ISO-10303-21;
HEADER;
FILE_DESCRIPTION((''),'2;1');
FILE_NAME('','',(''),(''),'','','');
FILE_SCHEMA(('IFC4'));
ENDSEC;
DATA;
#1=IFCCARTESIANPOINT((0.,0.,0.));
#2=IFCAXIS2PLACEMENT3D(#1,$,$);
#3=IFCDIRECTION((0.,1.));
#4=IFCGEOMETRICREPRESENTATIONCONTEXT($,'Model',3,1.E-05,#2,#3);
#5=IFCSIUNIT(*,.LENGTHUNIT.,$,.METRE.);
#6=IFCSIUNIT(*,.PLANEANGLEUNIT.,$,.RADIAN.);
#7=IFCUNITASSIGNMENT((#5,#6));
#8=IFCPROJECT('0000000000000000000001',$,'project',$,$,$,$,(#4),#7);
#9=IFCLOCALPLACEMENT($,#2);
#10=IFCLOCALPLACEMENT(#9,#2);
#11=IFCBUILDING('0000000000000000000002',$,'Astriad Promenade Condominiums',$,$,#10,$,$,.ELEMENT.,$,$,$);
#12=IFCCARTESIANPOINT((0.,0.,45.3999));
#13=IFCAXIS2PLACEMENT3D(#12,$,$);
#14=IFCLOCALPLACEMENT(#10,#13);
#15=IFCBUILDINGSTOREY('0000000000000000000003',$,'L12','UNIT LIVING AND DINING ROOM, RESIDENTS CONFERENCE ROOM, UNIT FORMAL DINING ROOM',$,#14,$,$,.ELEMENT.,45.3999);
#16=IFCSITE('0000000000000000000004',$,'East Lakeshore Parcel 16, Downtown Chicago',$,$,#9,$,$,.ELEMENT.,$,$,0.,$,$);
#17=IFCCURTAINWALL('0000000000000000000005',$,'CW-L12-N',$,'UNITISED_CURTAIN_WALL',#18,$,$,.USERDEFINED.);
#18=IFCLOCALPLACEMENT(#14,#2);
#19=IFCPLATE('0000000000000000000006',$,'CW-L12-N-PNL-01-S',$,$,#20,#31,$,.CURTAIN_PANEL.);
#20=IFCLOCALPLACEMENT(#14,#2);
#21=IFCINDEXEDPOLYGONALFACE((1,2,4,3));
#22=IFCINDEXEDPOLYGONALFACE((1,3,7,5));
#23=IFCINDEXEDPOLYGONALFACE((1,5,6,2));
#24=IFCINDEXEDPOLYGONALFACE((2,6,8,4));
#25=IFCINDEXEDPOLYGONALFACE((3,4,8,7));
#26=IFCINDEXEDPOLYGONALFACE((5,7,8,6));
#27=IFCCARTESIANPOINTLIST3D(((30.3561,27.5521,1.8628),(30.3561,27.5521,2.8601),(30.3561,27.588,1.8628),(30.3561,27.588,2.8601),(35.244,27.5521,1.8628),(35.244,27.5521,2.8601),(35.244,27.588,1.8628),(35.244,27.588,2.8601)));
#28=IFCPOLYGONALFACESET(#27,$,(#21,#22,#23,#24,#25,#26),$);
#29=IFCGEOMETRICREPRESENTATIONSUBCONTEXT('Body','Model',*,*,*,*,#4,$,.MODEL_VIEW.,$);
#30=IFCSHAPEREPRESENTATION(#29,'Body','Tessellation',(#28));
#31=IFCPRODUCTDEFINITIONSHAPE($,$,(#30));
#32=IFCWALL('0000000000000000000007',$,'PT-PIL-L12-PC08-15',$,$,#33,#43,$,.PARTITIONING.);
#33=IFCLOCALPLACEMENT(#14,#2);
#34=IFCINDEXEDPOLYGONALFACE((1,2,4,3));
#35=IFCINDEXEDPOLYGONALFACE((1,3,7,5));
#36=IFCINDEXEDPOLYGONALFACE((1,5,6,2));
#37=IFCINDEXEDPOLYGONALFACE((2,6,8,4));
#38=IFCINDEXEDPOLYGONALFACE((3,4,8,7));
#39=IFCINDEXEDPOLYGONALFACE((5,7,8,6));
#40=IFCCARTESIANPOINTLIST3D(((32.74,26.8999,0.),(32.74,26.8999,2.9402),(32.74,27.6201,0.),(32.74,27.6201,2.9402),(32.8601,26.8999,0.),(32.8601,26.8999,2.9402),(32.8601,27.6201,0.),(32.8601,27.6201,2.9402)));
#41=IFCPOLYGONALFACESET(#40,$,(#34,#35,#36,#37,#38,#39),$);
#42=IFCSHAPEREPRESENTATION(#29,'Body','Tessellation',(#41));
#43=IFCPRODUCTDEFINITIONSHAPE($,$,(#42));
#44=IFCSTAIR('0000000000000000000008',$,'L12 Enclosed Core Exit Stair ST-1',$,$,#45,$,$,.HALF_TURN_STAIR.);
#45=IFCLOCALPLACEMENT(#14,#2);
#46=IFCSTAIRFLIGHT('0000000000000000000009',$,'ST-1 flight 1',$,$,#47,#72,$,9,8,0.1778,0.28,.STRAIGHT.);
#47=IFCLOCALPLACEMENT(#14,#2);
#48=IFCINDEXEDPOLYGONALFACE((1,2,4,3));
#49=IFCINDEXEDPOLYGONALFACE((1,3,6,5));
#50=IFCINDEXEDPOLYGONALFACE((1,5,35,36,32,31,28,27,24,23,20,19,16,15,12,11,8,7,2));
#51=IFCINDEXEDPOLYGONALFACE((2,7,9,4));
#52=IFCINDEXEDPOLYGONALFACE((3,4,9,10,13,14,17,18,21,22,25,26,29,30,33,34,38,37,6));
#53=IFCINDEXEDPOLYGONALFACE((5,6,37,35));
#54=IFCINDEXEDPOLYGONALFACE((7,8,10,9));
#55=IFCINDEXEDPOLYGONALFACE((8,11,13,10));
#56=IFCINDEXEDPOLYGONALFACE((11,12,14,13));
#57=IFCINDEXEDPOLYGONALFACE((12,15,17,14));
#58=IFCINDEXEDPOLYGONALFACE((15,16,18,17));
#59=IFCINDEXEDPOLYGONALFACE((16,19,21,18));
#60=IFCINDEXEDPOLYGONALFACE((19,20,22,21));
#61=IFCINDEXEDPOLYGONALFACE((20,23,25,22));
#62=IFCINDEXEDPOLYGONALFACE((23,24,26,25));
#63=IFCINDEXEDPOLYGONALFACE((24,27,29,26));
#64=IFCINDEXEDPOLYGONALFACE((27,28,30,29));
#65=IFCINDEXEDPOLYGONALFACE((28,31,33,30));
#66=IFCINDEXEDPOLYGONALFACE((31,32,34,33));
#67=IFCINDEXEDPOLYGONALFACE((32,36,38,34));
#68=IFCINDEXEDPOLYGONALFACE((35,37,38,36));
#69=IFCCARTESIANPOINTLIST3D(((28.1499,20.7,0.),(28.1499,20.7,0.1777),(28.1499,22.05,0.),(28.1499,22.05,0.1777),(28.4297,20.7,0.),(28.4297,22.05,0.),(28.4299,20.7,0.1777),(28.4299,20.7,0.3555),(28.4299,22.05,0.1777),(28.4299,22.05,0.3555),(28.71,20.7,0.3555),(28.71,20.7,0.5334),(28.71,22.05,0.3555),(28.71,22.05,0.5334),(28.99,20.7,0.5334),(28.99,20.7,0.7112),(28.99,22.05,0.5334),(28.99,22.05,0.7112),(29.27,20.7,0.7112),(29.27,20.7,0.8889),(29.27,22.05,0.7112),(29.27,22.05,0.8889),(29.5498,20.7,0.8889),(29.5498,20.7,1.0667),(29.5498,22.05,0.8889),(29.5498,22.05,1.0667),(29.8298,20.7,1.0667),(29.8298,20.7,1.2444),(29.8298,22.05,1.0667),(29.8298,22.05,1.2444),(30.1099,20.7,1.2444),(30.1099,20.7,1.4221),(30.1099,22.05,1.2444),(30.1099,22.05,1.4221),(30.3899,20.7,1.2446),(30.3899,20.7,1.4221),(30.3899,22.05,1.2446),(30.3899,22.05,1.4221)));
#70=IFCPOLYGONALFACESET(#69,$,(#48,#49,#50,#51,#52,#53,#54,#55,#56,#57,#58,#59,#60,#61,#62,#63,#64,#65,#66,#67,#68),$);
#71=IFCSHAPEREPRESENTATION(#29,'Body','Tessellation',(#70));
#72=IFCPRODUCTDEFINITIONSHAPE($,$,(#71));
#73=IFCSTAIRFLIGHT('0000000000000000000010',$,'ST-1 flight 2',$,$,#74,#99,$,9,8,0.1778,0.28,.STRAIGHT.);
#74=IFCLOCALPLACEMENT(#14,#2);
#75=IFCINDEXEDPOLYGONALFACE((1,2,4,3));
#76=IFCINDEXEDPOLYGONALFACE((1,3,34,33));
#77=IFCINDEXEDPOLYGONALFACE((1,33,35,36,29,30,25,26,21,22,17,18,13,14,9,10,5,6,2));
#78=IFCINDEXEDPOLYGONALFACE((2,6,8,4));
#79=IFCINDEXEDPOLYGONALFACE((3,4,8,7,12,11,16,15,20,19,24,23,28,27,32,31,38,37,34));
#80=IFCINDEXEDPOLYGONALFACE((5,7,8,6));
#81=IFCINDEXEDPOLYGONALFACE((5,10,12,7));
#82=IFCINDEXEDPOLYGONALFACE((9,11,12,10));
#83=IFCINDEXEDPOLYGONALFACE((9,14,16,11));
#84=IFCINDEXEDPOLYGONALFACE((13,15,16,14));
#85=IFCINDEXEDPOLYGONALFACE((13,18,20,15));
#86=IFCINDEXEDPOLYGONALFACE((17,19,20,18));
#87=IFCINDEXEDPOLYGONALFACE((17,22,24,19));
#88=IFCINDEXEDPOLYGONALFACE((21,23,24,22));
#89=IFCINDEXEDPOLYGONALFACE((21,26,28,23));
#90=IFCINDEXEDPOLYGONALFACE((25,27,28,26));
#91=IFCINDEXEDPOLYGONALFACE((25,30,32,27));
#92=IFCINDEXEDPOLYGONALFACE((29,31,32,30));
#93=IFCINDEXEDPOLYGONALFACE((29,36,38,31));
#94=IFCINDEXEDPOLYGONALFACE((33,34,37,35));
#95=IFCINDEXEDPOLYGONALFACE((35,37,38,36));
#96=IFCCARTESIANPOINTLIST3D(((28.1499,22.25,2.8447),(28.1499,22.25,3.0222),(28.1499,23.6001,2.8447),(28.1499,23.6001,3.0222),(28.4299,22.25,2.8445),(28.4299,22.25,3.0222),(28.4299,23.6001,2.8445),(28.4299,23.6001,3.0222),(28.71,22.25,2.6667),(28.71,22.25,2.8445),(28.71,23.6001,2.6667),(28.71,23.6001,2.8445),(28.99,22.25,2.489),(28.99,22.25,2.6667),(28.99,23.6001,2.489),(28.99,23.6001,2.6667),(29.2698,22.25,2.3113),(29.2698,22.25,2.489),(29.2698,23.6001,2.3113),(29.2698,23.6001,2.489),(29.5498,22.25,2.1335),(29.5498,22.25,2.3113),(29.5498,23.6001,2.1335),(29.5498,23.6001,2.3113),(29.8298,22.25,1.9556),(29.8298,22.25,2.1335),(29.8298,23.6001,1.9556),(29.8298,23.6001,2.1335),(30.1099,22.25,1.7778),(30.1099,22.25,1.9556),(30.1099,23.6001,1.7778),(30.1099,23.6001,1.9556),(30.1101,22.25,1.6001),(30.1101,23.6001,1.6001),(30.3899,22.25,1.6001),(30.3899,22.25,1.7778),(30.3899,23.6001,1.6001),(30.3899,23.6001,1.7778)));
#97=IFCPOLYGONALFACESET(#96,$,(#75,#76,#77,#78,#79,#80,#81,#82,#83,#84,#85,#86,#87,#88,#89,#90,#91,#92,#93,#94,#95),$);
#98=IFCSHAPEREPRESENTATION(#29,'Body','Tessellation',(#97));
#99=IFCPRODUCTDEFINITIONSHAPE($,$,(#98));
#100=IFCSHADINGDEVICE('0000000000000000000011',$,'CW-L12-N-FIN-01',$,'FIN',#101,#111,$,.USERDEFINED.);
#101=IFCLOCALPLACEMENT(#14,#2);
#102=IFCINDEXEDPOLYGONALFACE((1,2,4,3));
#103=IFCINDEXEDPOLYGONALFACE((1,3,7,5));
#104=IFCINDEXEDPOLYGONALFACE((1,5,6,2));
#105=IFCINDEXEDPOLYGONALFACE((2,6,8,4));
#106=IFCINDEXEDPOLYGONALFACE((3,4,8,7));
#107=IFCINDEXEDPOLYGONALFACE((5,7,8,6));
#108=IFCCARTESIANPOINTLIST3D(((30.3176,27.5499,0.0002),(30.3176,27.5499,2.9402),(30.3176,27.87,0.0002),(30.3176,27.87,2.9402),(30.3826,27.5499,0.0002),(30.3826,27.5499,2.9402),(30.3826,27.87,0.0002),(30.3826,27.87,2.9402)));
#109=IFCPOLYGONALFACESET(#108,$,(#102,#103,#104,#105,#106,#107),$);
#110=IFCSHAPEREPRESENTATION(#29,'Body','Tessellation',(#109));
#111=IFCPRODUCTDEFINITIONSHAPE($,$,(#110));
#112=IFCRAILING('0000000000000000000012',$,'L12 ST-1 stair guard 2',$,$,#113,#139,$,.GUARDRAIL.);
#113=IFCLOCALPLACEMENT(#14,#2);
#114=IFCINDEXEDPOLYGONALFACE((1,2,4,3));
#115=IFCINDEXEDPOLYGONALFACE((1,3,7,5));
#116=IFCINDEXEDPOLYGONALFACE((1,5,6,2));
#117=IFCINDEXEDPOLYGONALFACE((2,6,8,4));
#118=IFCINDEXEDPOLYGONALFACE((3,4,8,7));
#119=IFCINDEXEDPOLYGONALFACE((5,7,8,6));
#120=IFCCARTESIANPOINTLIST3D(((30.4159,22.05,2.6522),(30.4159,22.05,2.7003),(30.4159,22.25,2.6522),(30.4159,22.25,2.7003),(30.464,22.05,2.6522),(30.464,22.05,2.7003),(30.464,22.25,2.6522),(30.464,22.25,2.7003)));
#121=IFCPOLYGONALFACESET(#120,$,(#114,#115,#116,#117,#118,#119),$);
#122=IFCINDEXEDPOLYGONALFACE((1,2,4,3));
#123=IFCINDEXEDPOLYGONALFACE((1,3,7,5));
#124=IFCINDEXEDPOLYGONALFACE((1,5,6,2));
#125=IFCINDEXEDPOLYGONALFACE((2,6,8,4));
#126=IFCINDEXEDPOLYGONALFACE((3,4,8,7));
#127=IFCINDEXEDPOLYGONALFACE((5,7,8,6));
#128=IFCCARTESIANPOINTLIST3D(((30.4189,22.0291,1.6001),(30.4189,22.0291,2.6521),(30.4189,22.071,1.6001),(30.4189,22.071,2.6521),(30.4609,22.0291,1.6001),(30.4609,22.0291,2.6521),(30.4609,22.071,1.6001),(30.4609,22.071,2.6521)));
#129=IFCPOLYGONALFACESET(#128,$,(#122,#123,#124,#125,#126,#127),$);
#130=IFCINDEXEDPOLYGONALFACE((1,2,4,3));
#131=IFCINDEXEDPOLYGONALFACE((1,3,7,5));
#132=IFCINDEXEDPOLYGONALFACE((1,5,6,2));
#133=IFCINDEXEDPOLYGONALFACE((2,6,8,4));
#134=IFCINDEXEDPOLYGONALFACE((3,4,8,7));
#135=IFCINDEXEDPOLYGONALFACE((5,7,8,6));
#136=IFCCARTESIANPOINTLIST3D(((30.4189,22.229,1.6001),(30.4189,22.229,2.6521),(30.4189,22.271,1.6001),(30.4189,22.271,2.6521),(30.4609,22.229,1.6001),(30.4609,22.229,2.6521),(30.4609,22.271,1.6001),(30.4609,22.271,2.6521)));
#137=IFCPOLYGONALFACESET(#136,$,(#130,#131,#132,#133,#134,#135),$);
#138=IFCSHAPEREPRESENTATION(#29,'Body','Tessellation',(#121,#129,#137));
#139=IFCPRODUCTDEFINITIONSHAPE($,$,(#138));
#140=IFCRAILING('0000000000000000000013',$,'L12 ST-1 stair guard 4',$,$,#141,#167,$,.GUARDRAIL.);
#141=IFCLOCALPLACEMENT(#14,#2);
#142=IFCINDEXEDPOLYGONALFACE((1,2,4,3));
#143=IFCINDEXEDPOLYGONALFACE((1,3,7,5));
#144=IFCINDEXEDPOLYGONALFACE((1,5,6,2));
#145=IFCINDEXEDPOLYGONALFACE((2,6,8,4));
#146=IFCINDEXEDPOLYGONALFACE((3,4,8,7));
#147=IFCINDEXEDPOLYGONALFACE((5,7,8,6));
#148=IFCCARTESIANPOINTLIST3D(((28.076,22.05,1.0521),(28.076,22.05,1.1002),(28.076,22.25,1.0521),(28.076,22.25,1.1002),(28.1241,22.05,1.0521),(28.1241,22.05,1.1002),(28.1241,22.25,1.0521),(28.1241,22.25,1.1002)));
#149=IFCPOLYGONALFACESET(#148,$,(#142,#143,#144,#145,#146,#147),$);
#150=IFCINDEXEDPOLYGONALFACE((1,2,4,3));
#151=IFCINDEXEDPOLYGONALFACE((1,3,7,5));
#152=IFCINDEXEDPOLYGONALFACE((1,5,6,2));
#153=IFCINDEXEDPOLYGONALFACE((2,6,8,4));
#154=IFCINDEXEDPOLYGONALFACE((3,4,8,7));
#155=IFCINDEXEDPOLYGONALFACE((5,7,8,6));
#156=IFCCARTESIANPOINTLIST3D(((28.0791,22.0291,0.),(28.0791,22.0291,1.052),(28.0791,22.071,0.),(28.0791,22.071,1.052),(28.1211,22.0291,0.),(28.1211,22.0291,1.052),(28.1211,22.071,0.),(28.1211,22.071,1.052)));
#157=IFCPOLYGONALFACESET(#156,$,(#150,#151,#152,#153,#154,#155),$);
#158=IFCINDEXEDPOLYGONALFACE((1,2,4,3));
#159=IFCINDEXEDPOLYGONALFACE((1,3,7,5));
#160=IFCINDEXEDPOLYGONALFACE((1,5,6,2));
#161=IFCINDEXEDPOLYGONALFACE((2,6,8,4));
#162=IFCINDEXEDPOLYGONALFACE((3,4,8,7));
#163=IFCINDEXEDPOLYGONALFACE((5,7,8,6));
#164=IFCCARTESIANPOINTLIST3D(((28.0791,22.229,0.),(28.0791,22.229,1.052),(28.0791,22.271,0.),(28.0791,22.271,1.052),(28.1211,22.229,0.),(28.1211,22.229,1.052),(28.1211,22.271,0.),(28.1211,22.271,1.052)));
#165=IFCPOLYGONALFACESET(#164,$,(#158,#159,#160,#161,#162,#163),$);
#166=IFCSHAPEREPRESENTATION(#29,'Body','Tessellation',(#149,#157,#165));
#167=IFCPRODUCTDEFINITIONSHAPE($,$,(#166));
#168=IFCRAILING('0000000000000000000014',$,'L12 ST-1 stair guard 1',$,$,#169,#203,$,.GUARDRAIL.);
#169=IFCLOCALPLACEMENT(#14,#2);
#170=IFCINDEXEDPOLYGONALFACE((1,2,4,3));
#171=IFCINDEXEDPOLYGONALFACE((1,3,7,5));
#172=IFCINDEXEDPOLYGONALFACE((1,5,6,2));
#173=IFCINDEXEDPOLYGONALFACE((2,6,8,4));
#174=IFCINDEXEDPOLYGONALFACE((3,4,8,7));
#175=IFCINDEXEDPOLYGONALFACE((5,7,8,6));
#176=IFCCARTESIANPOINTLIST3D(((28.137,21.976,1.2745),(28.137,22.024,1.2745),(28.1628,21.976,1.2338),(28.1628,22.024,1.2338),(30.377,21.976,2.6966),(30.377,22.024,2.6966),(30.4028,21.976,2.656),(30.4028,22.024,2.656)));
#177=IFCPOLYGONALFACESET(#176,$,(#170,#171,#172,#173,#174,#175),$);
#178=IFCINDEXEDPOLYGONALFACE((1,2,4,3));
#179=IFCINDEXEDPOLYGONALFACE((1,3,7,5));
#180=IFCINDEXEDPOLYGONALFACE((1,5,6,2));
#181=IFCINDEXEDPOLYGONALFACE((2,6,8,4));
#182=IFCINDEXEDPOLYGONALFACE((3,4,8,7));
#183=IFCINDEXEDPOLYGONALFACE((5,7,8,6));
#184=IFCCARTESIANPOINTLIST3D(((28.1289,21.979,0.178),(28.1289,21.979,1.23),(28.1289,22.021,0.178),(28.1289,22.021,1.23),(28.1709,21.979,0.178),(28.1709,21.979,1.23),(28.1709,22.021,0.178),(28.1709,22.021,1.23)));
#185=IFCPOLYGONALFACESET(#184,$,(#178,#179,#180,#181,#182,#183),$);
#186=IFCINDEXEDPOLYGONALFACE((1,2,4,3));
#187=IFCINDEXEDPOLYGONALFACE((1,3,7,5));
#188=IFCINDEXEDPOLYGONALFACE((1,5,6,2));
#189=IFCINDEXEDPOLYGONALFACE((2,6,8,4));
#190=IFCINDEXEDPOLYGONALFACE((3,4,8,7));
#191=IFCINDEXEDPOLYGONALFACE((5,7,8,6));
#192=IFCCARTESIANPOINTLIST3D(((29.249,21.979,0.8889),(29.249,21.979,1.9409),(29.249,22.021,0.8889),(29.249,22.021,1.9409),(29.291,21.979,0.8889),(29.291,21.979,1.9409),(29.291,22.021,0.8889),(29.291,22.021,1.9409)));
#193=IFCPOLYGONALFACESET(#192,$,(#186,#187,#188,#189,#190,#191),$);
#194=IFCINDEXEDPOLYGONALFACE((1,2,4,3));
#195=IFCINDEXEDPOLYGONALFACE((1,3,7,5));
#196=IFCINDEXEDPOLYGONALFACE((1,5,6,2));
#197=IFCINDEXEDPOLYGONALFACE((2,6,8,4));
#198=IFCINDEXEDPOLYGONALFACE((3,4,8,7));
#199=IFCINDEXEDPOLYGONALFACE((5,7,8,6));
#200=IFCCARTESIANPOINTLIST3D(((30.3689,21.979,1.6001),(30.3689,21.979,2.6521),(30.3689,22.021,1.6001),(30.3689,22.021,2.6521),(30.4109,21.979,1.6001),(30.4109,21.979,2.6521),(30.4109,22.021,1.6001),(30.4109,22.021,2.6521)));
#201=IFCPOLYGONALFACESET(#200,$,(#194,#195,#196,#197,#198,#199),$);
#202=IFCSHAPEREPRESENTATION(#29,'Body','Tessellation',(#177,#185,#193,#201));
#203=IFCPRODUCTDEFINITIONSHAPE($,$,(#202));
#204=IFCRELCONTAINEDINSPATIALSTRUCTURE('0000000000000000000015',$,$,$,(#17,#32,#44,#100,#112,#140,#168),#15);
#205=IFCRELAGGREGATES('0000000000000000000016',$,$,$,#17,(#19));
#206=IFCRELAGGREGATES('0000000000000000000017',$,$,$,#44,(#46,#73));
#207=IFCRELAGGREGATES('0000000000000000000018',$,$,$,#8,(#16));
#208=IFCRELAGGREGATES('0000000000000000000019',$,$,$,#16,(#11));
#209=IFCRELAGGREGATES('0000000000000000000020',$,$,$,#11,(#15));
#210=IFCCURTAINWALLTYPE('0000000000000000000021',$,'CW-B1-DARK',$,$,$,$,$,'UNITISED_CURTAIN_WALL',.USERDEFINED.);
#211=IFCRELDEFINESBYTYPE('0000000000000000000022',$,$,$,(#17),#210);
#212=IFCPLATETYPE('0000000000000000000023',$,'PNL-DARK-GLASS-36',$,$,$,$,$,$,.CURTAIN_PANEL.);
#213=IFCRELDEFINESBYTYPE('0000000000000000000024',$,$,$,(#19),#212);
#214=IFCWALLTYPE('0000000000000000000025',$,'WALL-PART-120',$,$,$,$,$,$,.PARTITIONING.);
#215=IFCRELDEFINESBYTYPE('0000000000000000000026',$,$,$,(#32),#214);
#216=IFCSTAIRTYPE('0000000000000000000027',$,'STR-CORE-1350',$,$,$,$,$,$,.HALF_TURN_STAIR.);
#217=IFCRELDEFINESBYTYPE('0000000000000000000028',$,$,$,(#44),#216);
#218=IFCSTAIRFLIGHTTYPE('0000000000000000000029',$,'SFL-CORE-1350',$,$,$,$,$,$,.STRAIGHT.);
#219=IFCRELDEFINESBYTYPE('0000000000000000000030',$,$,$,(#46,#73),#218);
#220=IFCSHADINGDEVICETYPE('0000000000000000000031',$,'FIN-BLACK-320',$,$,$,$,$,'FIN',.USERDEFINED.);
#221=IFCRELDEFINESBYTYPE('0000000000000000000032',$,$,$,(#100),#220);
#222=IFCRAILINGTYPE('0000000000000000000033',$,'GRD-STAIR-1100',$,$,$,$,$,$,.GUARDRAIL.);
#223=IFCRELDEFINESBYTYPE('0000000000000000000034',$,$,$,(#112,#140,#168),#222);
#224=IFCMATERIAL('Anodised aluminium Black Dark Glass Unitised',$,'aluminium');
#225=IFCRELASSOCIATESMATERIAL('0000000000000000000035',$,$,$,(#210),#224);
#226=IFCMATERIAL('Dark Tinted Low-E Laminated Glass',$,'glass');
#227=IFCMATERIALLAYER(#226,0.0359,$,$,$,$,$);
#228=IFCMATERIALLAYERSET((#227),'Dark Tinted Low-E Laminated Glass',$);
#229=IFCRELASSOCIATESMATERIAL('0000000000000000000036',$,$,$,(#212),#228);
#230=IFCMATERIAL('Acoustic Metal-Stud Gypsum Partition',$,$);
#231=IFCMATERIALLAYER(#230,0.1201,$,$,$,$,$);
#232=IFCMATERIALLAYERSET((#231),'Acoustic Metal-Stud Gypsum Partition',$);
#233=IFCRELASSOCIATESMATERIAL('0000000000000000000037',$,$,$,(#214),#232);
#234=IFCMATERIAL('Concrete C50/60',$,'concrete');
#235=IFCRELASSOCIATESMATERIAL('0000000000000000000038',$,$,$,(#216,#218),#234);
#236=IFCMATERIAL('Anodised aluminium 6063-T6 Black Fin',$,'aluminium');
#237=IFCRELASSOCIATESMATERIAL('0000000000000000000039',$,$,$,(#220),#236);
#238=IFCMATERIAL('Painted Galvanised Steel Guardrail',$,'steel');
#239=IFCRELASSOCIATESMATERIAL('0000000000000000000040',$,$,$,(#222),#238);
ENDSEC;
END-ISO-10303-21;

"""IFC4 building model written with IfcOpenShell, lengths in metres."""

from ifc_helpers import new_model, si_unit, direction, frame, frame_2d, origin, origin_2d, place, context, subcontext, project, spatial, polyline, rectangle, outline, extrude, source, transform, mapped, material, layer, layer_set, type_object, type_shapes, element, aggregate, save


model = new_model("IFC4")

# Units and contexts
model_context = context("Model", 3, precision=1e-05, world=origin(), true_north=direction((0.0, 1.0)))
body_context = subcontext(model_context, "Body", "Model", "MODEL_VIEW")
ifc_project = project(units=[si_unit("LENGTHUNIT", "METRE"), si_unit("PLANEANGLEUNIT", "RADIAN")], contexts=[model_context])

# Site, building, storey
site_placement = place(None, origin())
site = spatial("IfcSite", under=ifc_project, at=site_placement, Name="East Lakeshore Parcel 16, Downtown Chicago", CompositionType="ELEMENT", RefElevation=0.0)
building_placement = place(site_placement, origin())
building = spatial("IfcBuilding", under=site, at=building_placement, Name="Astriad Promenade Condominiums", CompositionType="ELEMENT")
storey_placement = place(building_placement, frame((0.0, 0.0, 45.3999)))
storey = spatial("IfcBuildingStorey", under=building, at=storey_placement, Name="L12", Description="UNIT LIVING AND DINING ROOM, RESIDENTS CONFERENCE ROOM, UNIT FORMAL DINING ROOM", CompositionType="ELEMENT", Elevation=45.3999)

# Curtain wall, plate
ifc_material_1 = material(Name="Anodised aluminium Black Dark Glass Unitised", Category="aluminium")
curtain_wall_type = type_object("IfcCurtainWallType", Name="CW-B1-DARK", ElementType="UNITISED_CURTAIN_WALL", PredefinedType="USERDEFINED", material=ifc_material_1)
curtain_wall_placement = place(storey_placement, origin())
curtain_wall = element("IfcCurtainWall", 1, at=curtain_wall_placement, inside=storey, type_object=curtain_wall_type, Name="CW-L12-N", ObjectType="UNITISED_CURTAIN_WALL", PredefinedType="USERDEFINED")
ifc_material_2 = material(Name="Dark Tinted Low-E Laminated Glass", Category="glass")
ifc_layer_1 = layer(ifc_material_2, 0.0359)
ifc_layer_set_1 = layer_set([ifc_layer_1], Name="Dark Tinted Low-E Laminated Glass")
plate_type = type_object("IfcPlateType", Name="PNL-DARK-GLASS-36", PredefinedType="CURTAIN_PANEL", material=ifc_layer_set_1)
shared_shape_1 = source(origin(), body_context, "Body", "SweptSolid", [
    extrude(rectangle(XDim=4.8879, YDim=0.0359, at=origin_2d()), origin(), (0.0, 0.0, 1.0), 0.9973),
])
plate_1_placement = place(storey_placement, frame((32.8, 27.5701, 1.8628), z_axis=(0.0, 0.0, 1.0), x_axis=(1.0, 0.0, 0.0)))
plate_1 = element("IfcPlate", 2, at=plate_1_placement, type_object=plate_type, Name="CW-L12-N-PNL-01-S", PredefinedType="CURTAIN_PANEL", context=body_context, shape_type="MappedRepresentation", body=[
    mapped(shared_shape_1, transform((0.0, 0.0, 0.0), scale=1.0)),
])
aggregate(curtain_wall, [plate_1])

# Wall
ifc_material_3 = material(Name="Acoustic Metal-Stud Gypsum Partition")
ifc_layer_2 = layer(ifc_material_3, 0.1201)
ifc_layer_set_2 = layer_set([ifc_layer_2], Name="Acoustic Metal-Stud Gypsum Partition")
wall_type = type_object("IfcWallType", Name="WALL-PART-120", PredefinedType="PARTITIONING", material=ifc_layer_set_2)
wall_placement = place(storey_placement, frame((32.8, 26.8999, 0.0), z_axis=(0.0, 0.0, 1.0), x_axis=(0.0, 1.0, 0.0)))
element("IfcWall", 3, at=wall_placement, inside=storey, type_object=wall_type, Name="PT-PIL-L12-PC08-15", PredefinedType="PARTITIONING", context=body_context, shape_type="SweptSolid", body=[
    extrude(rectangle(XDim=0.7202, YDim=0.1201, at=frame_2d((0.3601, 0.0))), origin(), (0.0, 0.0, 1.0), 2.9402),
])

# Stair, stair flights
ifc_material_4 = material(Name="Concrete C50/60", Category="concrete")
stair_type = type_object("IfcStairType", Name="STR-CORE-1350", PredefinedType="HALF_TURN_STAIR", material=ifc_material_4)
stair_placement = place(storey_placement, origin())
stair = element("IfcStair", 4, at=stair_placement, inside=storey, type_object=stair_type, Name="L12 Enclosed Core Exit Stair ST-1", PredefinedType="HALF_TURN_STAIR")
stair_flight_type = type_object("IfcStairFlightType", Name="SFL-CORE-1350", PredefinedType="STRAIGHT", material=ifc_material_4)
shared_shape_2 = source(origin(), body_context, "Body", "SweptSolid", [
    extrude(outline(polyline([(0.0, 0.0), (0.0, 0.1777), (0.28, 0.1777), (0.28, 0.3555), (0.5601, 0.3555), (0.5601, 0.5334), (0.8401, 0.5334), (0.8401, 0.7112), (1.1201, 0.7112), (1.1201, 0.8889), (1.3999, 0.8889), (1.3999, 1.0667), (1.6799, 1.0667), (1.6799, 1.2444), (1.96, 1.2444), (1.96, 1.4221), (2.24, 1.4221), (2.24, 1.6001), (2.24, 1.2446), (0.2798, 0.0), (0.0, 0.0)])), frame((0.0, 0.675, 0.0), z_axis=(0.0, -1.0, 0.0), x_axis=(1.0, 0.0, 0.0)), (0.0, 0.0, 1.0), 1.3501),
])
type_shapes(stair_flight_type, [shared_shape_2])
stair_flight_1_placement = place(storey_placement, frame((28.1499, 21.375, 0.0), z_axis=(0.0, 0.0, 1.0), x_axis=(1.0, 0.0, 0.0)))
stair_flight_1 = element("IfcStairFlight", 5, at=stair_flight_1_placement, type_object=stair_flight_type, Name="ST-1 flight 1", NumberOfRisers=9, NumberOfTreads=8, PredefinedType="STRAIGHT", RiserHeight=0.1778, TreadLength=0.28, context=body_context, shape_type="MappedRepresentation", body=[
    mapped(shared_shape_2, transform((0.0, 0.0, 0.0), scale=1.0)),
])
stair_flight_2_placement = place(storey_placement, frame((30.3899, 22.925, 1.6001), z_axis=(0.0, 0.0, 1.0), x_axis=(-1.0, 0.0, 0.0)))
stair_flight_2 = element("IfcStairFlight", 6, at=stair_flight_2_placement, type_object=stair_flight_type, Name="ST-1 flight 2", NumberOfRisers=9, NumberOfTreads=8, PredefinedType="STRAIGHT", RiserHeight=0.1778, TreadLength=0.28, context=body_context, shape_type="MappedRepresentation", body=[
    mapped(shared_shape_2, transform((0.0, 0.0, 0.0), scale=1.0)),
])
aggregate(stair, [stair_flight_1, stair_flight_2])

# Shading device
ifc_material_5 = material(Name="Anodised aluminium 6063-T6 Black Fin", Category="aluminium")
shading_device_type = type_object("IfcShadingDeviceType", Name="FIN-BLACK-320", ElementType="FIN", PredefinedType="USERDEFINED", material=ifc_material_5)
shared_shape_3 = source(origin(), body_context, "Body", "SweptSolid", [
    extrude(rectangle(XDim=0.0649, YDim=0.3201, at=origin_2d()), origin(), (0.0, 0.0, 1.0), 2.9399),
])
type_shapes(shading_device_type, [shared_shape_3])
shading_device_placement = place(storey_placement, frame((30.3501, 27.71, 0.0002), z_axis=(0.0, 0.0, 1.0), x_axis=(1.0, 0.0, 0.0)))
element("IfcShadingDevice", 7, at=shading_device_placement, inside=storey, type_object=shading_device_type, Name="CW-L12-N-FIN-01", ObjectType="FIN", PredefinedType="USERDEFINED", context=body_context, shape_type="MappedRepresentation", body=[
    mapped(shared_shape_3, transform((0.0, 0.0, 0.0), scale=1.0)),
])

# Railings
ifc_material_6 = material(Name="Painted Galvanised Steel Guardrail", Category="steel")
railing_type_1 = type_object("IfcRailingType", Name="GRD-STAIR-1100", PredefinedType="GUARDRAIL", material=ifc_material_6)
shared_shape_4 = source(origin(), body_context, "Body", "SweptSolid", [
    extrude(rectangle(XDim=0.0481, YDim=0.0481, at=origin_2d()), frame((0.0, 0.0, 1.0762), z_axis=(0.0, 1.0, 0.0), x_axis=(-1.0, 0.0, 0.0)), (0.0, 0.0, 1.0), 0.2),
    extrude(rectangle(XDim=0.042, YDim=0.042, at=origin_2d()), origin(), (0.0, 0.0, 1.0), 1.052),
    extrude(rectangle(XDim=0.042, YDim=0.042, at=origin_2d()), frame((0.0, 0.2, 0.0)), (0.0, 0.0, 1.0), 1.052),
])
for number, where, name in (
    (8, (30.4399, 22.05, 1.6001), "L12 ST-1 stair guard 2"),
    (9, (28.1001, 22.05, 0.0), "L12 ST-1 stair guard 4"),
):
    element("IfcRailing", number, at=place(storey_placement, frame(where)), inside=storey, type_object=railing_type_1, Name=name, PredefinedType="GUARDRAIL", context=body_context, shape_type="MappedRepresentation", body=[
        mapped(shared_shape_4, transform((0.0, 0.0, 0.0), scale=1.0)),
    ])
shared_shape_5 = source(origin(), body_context, "Body", "SweptSolid", [
    extrude(rectangle(XDim=0.0481, YDim=0.0481, at=origin_2d()), frame((0.0, 0.0, 1.0762), z_axis=(0.844229, 0.0, 0.535982), x_axis=(0.0, 1.0, 0.0)), (0.0, 0.0, 1.0), 2.6533),
    extrude(rectangle(XDim=0.042, YDim=0.042, at=origin_2d()), origin(), (0.0, 0.0, 1.0), 1.052),
    extrude(rectangle(XDim=0.042, YDim=0.042, at=origin_2d()), frame((1.1201, 0.0, 0.7109)), (0.0, 0.0, 1.0), 1.052),
    extrude(rectangle(XDim=0.042, YDim=0.042, at=origin_2d()), frame((2.24, 0.0, 1.4221)), (0.0, 0.0, 1.0), 1.052),
])
railing_1_placement = place(storey_placement, frame((28.1499, 22.0, 0.178)))
element("IfcRailing", 10, at=railing_1_placement, inside=storey, type_object=railing_type_1, Name="L12 ST-1 stair guard 1", PredefinedType="GUARDRAIL", context=body_context, shape_type="MappedRepresentation", body=[
    mapped(shared_shape_5, transform((0.0, 0.0, 0.0), scale=1.0)),
])

save(model, "model.ifc")
